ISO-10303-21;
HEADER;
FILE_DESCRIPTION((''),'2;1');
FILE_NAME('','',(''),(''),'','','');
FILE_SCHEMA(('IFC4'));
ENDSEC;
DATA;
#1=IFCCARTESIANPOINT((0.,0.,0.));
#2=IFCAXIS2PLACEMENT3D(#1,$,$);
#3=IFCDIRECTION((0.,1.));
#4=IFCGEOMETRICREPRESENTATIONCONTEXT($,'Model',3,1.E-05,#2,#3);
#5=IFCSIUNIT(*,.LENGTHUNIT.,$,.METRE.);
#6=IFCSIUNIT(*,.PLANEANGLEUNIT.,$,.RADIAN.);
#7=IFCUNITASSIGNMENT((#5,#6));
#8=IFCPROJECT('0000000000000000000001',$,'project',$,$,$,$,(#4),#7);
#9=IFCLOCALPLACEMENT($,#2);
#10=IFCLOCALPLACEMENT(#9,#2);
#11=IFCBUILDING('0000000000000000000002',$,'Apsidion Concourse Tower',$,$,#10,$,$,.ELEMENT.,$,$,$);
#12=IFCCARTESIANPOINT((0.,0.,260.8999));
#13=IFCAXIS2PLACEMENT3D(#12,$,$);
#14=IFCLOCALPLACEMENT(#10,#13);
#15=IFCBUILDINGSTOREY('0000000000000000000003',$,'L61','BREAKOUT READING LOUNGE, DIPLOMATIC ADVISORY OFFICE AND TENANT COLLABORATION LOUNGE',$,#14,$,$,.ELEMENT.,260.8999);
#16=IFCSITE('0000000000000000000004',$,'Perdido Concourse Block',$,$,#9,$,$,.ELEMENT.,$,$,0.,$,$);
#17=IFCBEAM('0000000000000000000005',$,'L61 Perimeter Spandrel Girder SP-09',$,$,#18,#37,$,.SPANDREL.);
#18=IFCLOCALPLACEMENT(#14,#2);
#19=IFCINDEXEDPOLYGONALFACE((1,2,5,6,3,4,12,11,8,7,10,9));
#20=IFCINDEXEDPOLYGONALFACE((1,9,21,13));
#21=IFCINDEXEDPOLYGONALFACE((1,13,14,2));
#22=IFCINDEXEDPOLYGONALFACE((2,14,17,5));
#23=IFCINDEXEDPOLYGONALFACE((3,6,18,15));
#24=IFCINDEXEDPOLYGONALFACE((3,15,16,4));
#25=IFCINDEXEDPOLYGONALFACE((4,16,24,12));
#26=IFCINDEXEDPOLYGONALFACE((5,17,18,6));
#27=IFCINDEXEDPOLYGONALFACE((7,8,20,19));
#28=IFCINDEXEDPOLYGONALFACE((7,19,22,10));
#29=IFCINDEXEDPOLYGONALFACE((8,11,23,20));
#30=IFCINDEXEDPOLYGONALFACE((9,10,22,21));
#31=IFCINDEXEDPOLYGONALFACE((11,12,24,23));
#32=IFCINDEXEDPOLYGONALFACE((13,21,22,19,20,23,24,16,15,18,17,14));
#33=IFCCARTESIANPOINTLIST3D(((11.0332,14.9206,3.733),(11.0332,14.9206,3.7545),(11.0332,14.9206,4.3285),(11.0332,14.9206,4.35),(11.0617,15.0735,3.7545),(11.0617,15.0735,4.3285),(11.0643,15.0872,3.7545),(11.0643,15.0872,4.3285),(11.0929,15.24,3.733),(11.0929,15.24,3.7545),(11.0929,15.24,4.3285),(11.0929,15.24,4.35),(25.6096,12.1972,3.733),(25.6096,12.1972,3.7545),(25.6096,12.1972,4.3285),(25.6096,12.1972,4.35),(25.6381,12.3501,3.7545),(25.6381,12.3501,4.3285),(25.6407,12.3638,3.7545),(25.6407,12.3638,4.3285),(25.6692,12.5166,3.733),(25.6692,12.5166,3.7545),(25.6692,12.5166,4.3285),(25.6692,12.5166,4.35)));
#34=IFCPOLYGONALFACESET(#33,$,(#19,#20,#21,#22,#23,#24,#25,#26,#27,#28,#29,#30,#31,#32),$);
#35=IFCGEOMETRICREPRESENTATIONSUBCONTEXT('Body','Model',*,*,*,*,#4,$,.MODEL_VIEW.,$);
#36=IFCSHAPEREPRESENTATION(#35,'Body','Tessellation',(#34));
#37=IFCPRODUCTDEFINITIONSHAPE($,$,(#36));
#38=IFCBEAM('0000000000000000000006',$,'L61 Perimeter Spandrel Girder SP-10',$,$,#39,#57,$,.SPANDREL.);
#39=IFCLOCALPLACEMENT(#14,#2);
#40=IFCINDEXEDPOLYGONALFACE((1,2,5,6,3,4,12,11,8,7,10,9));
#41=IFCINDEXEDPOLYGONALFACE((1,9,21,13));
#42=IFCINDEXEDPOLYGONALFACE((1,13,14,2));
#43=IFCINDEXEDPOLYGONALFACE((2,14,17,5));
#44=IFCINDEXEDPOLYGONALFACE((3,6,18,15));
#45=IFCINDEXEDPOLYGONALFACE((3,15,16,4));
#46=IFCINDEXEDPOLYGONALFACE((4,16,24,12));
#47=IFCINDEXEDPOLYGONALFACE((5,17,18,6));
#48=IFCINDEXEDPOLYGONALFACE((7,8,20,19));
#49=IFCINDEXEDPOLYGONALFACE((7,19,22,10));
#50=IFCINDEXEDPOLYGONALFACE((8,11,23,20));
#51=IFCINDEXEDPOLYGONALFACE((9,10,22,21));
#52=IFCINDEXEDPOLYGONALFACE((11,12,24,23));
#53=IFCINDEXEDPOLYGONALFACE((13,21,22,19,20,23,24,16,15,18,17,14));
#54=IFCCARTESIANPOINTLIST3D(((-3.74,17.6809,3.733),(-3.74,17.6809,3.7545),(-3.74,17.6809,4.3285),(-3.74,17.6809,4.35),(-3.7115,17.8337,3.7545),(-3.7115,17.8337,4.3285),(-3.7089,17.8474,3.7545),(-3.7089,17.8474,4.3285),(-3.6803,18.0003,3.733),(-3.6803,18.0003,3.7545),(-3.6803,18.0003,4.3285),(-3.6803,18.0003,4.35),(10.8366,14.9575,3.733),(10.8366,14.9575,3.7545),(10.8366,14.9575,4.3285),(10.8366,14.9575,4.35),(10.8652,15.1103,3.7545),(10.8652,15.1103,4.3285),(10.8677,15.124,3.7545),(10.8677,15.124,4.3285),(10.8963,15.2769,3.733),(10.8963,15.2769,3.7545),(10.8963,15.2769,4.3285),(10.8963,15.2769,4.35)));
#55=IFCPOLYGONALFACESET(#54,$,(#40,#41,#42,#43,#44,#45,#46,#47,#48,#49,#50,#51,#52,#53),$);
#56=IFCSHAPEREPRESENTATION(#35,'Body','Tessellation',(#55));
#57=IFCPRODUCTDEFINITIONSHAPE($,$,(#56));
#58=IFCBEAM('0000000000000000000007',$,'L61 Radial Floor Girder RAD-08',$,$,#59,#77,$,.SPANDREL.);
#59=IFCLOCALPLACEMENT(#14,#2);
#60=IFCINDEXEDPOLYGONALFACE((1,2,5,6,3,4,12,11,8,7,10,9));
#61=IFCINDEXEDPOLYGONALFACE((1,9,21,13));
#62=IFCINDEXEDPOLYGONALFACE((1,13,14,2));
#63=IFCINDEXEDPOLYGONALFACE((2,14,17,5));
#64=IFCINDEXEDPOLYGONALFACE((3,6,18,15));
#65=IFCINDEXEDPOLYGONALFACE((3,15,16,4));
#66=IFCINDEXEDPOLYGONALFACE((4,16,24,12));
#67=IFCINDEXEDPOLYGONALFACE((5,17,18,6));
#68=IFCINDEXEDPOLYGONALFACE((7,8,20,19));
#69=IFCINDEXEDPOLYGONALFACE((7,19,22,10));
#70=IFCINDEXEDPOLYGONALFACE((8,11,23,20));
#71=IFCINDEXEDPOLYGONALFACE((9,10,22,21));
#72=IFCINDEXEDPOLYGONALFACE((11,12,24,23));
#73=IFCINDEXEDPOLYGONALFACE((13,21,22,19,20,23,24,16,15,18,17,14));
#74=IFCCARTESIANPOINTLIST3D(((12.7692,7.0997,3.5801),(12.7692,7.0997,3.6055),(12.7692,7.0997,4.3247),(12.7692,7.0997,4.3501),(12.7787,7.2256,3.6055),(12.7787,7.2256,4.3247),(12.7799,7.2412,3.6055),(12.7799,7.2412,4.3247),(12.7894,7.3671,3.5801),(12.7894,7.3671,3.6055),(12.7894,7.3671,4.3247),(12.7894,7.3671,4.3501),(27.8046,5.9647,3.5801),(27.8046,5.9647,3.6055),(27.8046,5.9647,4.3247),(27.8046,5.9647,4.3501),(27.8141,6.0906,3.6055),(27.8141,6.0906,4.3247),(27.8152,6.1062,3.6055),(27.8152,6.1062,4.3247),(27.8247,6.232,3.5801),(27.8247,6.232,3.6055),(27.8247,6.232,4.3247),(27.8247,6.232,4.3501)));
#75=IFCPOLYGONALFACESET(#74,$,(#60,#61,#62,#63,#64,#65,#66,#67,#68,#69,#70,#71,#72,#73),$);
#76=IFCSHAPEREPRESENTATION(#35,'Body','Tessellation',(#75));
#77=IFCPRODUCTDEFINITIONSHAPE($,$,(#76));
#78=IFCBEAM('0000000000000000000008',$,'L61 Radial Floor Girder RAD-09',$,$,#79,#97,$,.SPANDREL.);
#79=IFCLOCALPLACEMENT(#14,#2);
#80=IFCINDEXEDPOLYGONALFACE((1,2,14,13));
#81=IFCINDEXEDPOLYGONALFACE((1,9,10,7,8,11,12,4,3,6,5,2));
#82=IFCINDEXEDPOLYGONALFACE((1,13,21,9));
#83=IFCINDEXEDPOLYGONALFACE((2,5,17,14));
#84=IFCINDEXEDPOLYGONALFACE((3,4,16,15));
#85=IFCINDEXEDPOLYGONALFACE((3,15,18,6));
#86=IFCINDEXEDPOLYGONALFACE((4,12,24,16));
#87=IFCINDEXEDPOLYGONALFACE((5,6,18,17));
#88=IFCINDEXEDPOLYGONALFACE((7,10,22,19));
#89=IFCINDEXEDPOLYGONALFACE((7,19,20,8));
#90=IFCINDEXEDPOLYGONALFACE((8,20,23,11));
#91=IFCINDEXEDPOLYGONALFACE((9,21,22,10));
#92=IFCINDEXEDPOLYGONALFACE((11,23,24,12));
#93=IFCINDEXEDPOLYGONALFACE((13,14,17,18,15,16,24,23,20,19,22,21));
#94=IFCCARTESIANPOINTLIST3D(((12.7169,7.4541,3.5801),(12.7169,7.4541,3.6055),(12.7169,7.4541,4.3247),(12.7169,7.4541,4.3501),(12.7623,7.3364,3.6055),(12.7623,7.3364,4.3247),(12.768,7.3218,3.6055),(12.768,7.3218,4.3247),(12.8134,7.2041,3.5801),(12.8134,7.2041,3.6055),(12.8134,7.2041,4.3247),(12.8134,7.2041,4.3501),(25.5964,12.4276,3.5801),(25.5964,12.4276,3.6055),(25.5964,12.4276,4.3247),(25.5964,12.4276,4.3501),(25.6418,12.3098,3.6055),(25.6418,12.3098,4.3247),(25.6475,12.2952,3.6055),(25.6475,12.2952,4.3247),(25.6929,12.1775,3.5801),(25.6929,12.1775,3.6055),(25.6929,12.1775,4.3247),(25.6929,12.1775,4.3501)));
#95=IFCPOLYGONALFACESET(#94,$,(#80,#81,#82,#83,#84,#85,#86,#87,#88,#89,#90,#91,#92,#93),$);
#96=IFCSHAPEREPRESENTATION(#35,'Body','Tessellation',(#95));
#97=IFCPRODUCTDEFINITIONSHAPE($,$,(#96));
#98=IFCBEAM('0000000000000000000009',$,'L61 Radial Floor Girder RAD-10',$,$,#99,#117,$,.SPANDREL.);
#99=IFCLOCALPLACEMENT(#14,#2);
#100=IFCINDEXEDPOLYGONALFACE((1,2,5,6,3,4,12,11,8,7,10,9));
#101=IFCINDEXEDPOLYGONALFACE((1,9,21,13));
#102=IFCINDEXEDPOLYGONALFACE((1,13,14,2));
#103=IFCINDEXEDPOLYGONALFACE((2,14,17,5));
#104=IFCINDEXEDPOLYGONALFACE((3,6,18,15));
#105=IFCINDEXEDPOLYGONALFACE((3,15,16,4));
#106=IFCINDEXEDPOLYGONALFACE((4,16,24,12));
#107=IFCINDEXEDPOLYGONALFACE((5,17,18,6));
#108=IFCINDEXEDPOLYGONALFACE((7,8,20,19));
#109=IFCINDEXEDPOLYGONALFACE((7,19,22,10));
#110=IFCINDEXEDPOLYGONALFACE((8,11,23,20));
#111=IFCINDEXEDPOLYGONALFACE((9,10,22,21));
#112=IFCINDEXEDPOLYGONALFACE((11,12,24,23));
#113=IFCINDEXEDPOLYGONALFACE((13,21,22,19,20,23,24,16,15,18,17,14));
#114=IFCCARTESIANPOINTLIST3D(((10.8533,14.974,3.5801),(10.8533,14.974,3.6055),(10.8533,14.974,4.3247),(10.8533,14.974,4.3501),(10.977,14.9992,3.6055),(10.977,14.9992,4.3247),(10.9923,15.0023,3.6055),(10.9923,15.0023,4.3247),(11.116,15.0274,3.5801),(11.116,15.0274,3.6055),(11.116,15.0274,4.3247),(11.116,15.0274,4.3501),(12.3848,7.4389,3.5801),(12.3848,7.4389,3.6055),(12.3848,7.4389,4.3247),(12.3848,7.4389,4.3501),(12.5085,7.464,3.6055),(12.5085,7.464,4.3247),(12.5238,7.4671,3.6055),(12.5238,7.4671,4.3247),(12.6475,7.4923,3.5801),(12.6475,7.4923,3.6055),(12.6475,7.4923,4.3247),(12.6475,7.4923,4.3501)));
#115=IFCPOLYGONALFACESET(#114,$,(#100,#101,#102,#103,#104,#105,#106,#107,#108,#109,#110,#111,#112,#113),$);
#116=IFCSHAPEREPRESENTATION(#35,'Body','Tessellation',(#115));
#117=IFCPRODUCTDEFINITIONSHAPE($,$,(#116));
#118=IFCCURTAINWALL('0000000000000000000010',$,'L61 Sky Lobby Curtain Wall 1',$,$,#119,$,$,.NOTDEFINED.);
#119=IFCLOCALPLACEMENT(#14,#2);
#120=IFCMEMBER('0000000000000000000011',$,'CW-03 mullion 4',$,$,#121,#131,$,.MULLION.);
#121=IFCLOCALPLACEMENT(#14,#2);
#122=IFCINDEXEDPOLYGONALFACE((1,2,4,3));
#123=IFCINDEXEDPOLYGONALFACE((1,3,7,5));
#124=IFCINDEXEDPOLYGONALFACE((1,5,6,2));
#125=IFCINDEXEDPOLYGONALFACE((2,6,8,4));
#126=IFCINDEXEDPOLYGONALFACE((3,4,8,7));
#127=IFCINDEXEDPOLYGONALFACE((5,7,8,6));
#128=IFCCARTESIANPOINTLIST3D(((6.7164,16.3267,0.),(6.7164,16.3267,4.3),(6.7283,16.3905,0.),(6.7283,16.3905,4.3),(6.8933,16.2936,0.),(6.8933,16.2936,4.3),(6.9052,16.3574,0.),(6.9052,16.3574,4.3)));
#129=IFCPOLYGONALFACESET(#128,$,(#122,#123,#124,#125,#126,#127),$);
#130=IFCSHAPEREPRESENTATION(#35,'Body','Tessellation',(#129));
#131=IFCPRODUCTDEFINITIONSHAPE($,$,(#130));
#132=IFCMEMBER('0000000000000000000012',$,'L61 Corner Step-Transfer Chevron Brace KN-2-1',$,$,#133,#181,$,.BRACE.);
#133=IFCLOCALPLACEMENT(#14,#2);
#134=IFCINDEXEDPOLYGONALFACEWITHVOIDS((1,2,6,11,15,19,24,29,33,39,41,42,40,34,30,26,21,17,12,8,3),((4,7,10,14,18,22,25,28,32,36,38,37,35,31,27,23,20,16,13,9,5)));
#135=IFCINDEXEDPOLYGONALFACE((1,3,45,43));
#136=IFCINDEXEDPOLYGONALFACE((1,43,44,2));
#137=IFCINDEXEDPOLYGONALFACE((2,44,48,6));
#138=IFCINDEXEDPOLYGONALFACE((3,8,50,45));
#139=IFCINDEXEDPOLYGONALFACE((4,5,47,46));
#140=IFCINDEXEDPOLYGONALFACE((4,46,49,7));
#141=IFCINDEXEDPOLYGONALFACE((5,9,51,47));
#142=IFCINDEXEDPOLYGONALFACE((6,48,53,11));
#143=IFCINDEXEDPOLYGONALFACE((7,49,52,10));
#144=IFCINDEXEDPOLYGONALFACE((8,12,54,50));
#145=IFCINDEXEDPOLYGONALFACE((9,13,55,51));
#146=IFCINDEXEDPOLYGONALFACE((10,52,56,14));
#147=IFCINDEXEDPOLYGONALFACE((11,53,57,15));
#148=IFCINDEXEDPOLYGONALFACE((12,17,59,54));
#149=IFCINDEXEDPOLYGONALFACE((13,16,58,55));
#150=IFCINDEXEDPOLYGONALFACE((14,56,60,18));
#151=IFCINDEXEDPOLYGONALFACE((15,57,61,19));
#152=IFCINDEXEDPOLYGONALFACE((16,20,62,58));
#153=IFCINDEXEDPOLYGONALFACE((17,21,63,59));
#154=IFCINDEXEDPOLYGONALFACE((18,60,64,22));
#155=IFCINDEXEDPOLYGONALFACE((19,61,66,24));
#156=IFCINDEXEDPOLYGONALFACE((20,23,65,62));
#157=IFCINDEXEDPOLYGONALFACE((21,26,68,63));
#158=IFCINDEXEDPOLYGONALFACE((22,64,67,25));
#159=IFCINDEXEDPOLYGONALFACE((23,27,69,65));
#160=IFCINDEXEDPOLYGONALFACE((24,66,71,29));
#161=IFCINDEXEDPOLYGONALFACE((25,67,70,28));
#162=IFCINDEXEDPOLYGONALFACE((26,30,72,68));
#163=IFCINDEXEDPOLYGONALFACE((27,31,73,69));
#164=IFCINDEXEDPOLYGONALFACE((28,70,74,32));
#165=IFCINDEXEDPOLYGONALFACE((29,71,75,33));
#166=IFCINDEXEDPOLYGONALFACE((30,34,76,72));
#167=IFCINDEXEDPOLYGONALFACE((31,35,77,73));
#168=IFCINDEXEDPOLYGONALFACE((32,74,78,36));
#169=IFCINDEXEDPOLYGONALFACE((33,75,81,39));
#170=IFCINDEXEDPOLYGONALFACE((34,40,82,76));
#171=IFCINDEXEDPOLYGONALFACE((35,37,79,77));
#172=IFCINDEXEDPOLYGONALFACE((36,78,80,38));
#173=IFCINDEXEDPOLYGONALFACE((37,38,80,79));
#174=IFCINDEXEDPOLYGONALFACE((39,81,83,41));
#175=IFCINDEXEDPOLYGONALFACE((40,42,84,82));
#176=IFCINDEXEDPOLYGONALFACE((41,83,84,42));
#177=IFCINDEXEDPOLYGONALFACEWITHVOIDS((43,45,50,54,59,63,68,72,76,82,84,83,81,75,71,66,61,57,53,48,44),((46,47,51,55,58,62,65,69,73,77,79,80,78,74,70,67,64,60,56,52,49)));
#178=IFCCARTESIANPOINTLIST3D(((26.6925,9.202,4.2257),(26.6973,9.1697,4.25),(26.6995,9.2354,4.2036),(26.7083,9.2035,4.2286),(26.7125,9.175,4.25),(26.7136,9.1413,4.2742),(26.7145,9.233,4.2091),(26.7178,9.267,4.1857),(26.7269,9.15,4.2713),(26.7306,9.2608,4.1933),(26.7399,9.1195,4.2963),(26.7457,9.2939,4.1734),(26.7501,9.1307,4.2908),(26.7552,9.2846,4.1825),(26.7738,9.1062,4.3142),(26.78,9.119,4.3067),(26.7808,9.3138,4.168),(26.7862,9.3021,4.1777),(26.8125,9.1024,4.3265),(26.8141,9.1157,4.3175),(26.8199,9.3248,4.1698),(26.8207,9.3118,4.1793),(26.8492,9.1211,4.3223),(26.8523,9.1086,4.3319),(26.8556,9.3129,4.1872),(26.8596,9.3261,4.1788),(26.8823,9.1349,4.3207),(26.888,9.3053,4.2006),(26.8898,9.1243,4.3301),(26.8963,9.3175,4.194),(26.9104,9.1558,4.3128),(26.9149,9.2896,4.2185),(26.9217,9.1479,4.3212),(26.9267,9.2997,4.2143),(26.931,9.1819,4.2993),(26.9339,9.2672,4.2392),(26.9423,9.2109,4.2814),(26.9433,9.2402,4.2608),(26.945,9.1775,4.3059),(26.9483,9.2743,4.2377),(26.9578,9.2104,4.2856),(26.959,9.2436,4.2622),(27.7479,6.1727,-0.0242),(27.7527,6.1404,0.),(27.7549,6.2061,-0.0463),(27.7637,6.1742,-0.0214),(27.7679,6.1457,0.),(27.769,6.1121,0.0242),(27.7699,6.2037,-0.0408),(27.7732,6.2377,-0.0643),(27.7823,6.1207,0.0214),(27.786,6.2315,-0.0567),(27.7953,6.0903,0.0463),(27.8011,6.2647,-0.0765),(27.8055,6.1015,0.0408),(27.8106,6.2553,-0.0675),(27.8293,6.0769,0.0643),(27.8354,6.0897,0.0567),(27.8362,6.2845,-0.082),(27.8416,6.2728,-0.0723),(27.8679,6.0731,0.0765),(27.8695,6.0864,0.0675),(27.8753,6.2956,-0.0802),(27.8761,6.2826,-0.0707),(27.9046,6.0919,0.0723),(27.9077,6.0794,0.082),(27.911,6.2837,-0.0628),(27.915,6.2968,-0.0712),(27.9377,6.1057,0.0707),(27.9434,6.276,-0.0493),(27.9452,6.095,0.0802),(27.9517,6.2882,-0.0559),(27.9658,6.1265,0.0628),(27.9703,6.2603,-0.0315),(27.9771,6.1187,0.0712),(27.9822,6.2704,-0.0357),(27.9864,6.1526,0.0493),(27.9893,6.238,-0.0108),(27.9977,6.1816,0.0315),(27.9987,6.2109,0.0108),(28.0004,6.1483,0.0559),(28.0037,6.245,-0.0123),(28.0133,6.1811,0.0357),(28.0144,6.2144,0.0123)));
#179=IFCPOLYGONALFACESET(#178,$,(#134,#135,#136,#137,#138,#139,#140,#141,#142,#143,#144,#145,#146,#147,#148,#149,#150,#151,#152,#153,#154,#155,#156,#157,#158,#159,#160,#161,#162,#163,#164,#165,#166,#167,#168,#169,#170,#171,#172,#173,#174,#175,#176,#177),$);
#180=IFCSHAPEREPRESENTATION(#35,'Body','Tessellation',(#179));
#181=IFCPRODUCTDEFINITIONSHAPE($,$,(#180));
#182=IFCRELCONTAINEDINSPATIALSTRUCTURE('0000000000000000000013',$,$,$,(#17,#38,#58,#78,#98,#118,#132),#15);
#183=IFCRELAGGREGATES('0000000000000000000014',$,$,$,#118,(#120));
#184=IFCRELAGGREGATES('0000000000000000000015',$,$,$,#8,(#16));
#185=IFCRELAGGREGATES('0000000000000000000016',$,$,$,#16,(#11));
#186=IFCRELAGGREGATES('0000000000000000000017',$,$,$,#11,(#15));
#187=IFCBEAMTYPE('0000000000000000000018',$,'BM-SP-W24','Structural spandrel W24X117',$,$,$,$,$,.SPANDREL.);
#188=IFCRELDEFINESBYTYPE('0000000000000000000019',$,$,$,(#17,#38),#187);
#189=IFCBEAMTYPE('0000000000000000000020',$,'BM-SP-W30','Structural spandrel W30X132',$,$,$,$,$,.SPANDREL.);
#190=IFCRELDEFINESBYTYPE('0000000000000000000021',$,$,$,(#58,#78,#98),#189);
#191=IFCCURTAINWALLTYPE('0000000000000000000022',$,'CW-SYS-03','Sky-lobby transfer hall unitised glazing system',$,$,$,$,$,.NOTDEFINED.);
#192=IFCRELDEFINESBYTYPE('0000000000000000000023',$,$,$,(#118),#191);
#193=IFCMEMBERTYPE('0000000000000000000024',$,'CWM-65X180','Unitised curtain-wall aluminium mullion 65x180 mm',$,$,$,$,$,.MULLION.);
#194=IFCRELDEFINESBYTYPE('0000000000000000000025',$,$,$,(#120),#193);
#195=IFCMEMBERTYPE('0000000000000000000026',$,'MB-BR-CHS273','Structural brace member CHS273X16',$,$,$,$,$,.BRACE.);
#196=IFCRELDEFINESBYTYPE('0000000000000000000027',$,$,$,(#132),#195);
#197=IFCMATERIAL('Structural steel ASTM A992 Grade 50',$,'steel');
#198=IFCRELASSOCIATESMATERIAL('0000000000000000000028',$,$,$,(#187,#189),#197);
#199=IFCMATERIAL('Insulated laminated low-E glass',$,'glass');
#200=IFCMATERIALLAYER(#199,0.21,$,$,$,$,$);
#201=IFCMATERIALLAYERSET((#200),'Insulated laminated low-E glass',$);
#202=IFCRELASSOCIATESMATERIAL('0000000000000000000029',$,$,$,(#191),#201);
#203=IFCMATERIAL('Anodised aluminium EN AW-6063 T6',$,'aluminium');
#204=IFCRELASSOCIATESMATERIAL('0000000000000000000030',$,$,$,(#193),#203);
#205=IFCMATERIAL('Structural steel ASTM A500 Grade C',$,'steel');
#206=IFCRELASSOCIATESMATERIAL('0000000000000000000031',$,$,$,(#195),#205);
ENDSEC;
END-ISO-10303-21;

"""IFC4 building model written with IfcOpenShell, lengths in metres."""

from ifc_helpers import new_model, si_unit, direction, frame, origin, origin_2d, place, context, subcontext, project, spatial, rectangle, hollow_circle, i_section, extrude, material, layer, layer_set, material_profile, profile_set, type_object, element, aggregate, save


model = new_model("IFC4")

# Units and contexts
model_context = context("Model", 3, precision=1e-05, world=origin(), true_north=direction((0.0, 1.0)))
body_context = subcontext(model_context, "Body", "Model", "MODEL_VIEW")
ifc_project = project(units=[si_unit("LENGTHUNIT", "METRE"), si_unit("PLANEANGLEUNIT", "RADIAN")], contexts=[model_context])

# Site, building, storey
site_placement = place(None, origin())
site = spatial("IfcSite", under=ifc_project, at=site_placement, Name="Perdido Concourse Block", CompositionType="ELEMENT", RefElevation=0.0)
building_placement = place(site_placement, origin())
building = spatial("IfcBuilding", under=site, at=building_placement, Name="Apsidion Concourse Tower", CompositionType="ELEMENT")
storey_placement = place(building_placement, frame((0.0, 0.0, 260.8999)))
storey = spatial("IfcBuildingStorey", under=building, at=storey_placement, Name="L61", Description="BREAKOUT READING LOUNGE, DIPLOMATIC ADVISORY OFFICE AND TENANT COLLABORATION LOUNGE", CompositionType="ELEMENT", Elevation=260.8999)

# Shared definitions
ifc_material_1 = material(Name="Structural steel ASTM A992 Grade 50", Category="steel")

# Beams
ifc_material_profile_1 = material_profile(ifc_material_1, i_section(OverallWidth=0.325, OverallDepth=0.6169, WebThickness=0.0139, FlangeThickness=0.0215, at=origin_2d()), Name="W24X117")
ifc_profile_set_1 = profile_set([ifc_material_profile_1], Name="Structural steel ASTM A992 Grade 50")
beam_type_1 = type_object("IfcBeamType", Name="BM-SP-W24", Description="Structural spandrel W24X117", PredefinedType="SPANDREL", material=ifc_profile_set_1)
beam_1_placement = place(storey_placement, frame((25.6394, 12.3569, 4.0415), z_axis=(-0.98299, 0.183657, 0.0), x_axis=(-0.183657, -0.98299, 0.0)))
element("IfcBeam", 1, at=beam_1_placement, inside=storey, type_object=beam_type_1, Name="L61 Perimeter Spandrel Girder SP-09", PredefinedType="SPANDREL", context=body_context, shape_type="SweptSolid", body=[
    extrude(i_section(OverallWidth=0.325, OverallDepth=0.6169, WebThickness=0.0139, FlangeThickness=0.0215, at=origin_2d()), origin(), (0.0, 0.0, 1.0), 14.8286),
])
beam_2_placement = place(storey_placement, frame((10.8665, 15.1172, 4.0415), z_axis=(-0.982991, 0.183654, 0.0), x_axis=(-0.183654, -0.982991, 0.0)))
element("IfcBeam", 2, at=beam_2_placement, inside=storey, type_object=beam_type_1, Name="L61 Perimeter Spandrel Girder SP-10", PredefinedType="SPANDREL", context=body_context, shape_type="SweptSolid", body=[
    extrude(i_section(OverallWidth=0.325, OverallDepth=0.6169, WebThickness=0.0139, FlangeThickness=0.0215, at=origin_2d()), origin(), (0.0, 0.0, 1.0), 14.8289),
])
ifc_material_profile_2 = material_profile(ifc_material_1, i_section(OverallWidth=0.2681, OverallDepth=0.77, WebThickness=0.0156, FlangeThickness=0.0254, at=origin_2d()), Name="W30X132")
ifc_profile_set_2 = profile_set([ifc_material_profile_2], Name="Structural steel ASTM A992 Grade 50")
beam_type_2 = type_object("IfcBeamType", Name="BM-SP-W30", Description="Structural spandrel W30X132", PredefinedType="SPANDREL", material=ifc_profile_set_2)
beam_3_placement = place(storey_placement, frame((12.7793, 7.2334, 3.9651), z_axis=(0.997163, -0.075275, 0.0), x_axis=(0.075275, 0.997163, 0.0)))
element("IfcBeam", 3, at=beam_3_placement, inside=storey, type_object=beam_type_2, Name="L61 Radial Floor Girder RAD-08", PredefinedType="SPANDREL", context=body_context, shape_type="SweptSolid", body=[
    extrude(i_section(OverallWidth=0.2681, OverallDepth=0.77, WebThickness=0.0156, FlangeThickness=0.0254, at=origin_2d()), origin(), (0.0, 0.0, 1.0), 15.0781),
])
beam_4_placement = place(storey_placement, frame((12.7651, 7.3291, 3.9651), z_axis=(0.932865, 0.360227, 0.0), x_axis=(-0.360227, 0.932865, 0.0)))
element("IfcBeam", 4, at=beam_4_placement, inside=storey, type_object=beam_type_2, Name="L61 Radial Floor Girder RAD-09", PredefinedType="SPANDREL", context=body_context, shape_type="SweptSolid", body=[
    extrude(i_section(OverallWidth=0.2681, OverallDepth=0.77, WebThickness=0.0156, FlangeThickness=0.0254, at=origin_2d()), origin(), (0.0, 0.0, 1.0), 13.8064),
])
beam_5_placement = place(storey_placement, frame((12.5161, 7.4656, 3.9651), z_axis=(-0.199174, 0.979964, 0.0), x_axis=(-0.979964, -0.199174, 0.0)))
element("IfcBeam", 5, at=beam_5_placement, inside=storey, type_object=beam_type_2, Name="L61 Radial Floor Girder RAD-10", PredefinedType="SPANDREL", context=body_context, shape_type="SweptSolid", body=[
    extrude(i_section(OverallWidth=0.2681, OverallDepth=0.77, WebThickness=0.0156, FlangeThickness=0.0254, at=origin_2d()), origin(), (0.0, 0.0, 1.0), 7.6892),
])

# Curtain wall, member
ifc_material_2 = material(Name="Insulated laminated low-E glass", Category="glass")
ifc_layer_1 = layer(ifc_material_2, 0.21)
ifc_layer_set_1 = layer_set([ifc_layer_1], Name="Insulated laminated low-E glass")
curtain_wall_type = type_object("IfcCurtainWallType", Name="CW-SYS-03", Description="Sky-lobby transfer hall unitised glazing system", PredefinedType="NOTDEFINED", material=ifc_layer_set_1)
curtain_wall_placement = place(storey_placement, origin())
curtain_wall = element("IfcCurtainWall", 6, at=curtain_wall_placement, inside=storey, type_object=curtain_wall_type, Name="L61 Sky Lobby Curtain Wall 1", PredefinedType="NOTDEFINED")
ifc_material_3 = material(Name="Anodised aluminium EN AW-6063 T6", Category="aluminium")
ifc_material_profile_3 = material_profile(ifc_material_3, rectangle(XDim=0.0649, YDim=0.1799, at=origin_2d()), Name="ALU MULLION 65x180")
ifc_profile_set_3 = profile_set([ifc_material_profile_3], Name="Anodised aluminium EN AW-6063 T6")
member_type_1 = type_object("IfcMemberType", Name="CWM-65X180", Description="Unitised curtain-wall aluminium mullion 65x180 mm", PredefinedType="MULLION", material=ifc_profile_set_3)
member_1_placement = place(storey_placement, frame((6.8108, 16.342, 0.0), z_axis=(0.0, 0.0, 1.0), x_axis=(0.183883, 0.982948, 0.0)))
member_1 = element("IfcMember", 7, at=member_1_placement, type_object=member_type_1, Name="CW-03 mullion 4", PredefinedType="MULLION", context=body_context, shape_type="SweptSolid", body=[
    extrude(rectangle(XDim=0.0649, YDim=0.1799, at=origin_2d()), origin(), (0.0, 0.0, 1.0), 4.3),
])

# Member
ifc_material_4 = material(Name="Structural steel ASTM A500 Grade C", Category="steel")
ifc_material_profile_4 = material_profile(ifc_material_4, hollow_circle(Radius=0.1365, WallThickness=0.0161, at=origin_2d()), Name="CHS273X16")
ifc_profile_set_4 = profile_set([ifc_material_profile_4], Name="Structural steel ASTM A500 Grade C")
member_type_2 = type_object("IfcMemberType", Name="MB-BR-CHS273", Description="Structural brace member CHS273X16", PredefinedType="BRACE", material=ifc_profile_set_4)
member_2_placement = place(storey_placement, frame((27.8816, 6.1853, 0.0), z_axis=(-0.19821, 0.568908, 0.798158), x_axis=(-0.944327, -0.329008, 0.0)))
element("IfcMember", 8, at=member_2_placement, inside=storey, type_object=member_type_2, Name="L61 Corner Step-Transfer Chevron Brace KN-2-1", PredefinedType="BRACE", context=body_context, shape_type="SweptSolid", body=[
    extrude(hollow_circle(Radius=0.1365, WallThickness=0.0161, at=origin_2d()), origin(), (0.0, 0.0, 1.0), 5.3247),
])

aggregate(curtain_wall, [member_1])

save(model, "model.ifc")
